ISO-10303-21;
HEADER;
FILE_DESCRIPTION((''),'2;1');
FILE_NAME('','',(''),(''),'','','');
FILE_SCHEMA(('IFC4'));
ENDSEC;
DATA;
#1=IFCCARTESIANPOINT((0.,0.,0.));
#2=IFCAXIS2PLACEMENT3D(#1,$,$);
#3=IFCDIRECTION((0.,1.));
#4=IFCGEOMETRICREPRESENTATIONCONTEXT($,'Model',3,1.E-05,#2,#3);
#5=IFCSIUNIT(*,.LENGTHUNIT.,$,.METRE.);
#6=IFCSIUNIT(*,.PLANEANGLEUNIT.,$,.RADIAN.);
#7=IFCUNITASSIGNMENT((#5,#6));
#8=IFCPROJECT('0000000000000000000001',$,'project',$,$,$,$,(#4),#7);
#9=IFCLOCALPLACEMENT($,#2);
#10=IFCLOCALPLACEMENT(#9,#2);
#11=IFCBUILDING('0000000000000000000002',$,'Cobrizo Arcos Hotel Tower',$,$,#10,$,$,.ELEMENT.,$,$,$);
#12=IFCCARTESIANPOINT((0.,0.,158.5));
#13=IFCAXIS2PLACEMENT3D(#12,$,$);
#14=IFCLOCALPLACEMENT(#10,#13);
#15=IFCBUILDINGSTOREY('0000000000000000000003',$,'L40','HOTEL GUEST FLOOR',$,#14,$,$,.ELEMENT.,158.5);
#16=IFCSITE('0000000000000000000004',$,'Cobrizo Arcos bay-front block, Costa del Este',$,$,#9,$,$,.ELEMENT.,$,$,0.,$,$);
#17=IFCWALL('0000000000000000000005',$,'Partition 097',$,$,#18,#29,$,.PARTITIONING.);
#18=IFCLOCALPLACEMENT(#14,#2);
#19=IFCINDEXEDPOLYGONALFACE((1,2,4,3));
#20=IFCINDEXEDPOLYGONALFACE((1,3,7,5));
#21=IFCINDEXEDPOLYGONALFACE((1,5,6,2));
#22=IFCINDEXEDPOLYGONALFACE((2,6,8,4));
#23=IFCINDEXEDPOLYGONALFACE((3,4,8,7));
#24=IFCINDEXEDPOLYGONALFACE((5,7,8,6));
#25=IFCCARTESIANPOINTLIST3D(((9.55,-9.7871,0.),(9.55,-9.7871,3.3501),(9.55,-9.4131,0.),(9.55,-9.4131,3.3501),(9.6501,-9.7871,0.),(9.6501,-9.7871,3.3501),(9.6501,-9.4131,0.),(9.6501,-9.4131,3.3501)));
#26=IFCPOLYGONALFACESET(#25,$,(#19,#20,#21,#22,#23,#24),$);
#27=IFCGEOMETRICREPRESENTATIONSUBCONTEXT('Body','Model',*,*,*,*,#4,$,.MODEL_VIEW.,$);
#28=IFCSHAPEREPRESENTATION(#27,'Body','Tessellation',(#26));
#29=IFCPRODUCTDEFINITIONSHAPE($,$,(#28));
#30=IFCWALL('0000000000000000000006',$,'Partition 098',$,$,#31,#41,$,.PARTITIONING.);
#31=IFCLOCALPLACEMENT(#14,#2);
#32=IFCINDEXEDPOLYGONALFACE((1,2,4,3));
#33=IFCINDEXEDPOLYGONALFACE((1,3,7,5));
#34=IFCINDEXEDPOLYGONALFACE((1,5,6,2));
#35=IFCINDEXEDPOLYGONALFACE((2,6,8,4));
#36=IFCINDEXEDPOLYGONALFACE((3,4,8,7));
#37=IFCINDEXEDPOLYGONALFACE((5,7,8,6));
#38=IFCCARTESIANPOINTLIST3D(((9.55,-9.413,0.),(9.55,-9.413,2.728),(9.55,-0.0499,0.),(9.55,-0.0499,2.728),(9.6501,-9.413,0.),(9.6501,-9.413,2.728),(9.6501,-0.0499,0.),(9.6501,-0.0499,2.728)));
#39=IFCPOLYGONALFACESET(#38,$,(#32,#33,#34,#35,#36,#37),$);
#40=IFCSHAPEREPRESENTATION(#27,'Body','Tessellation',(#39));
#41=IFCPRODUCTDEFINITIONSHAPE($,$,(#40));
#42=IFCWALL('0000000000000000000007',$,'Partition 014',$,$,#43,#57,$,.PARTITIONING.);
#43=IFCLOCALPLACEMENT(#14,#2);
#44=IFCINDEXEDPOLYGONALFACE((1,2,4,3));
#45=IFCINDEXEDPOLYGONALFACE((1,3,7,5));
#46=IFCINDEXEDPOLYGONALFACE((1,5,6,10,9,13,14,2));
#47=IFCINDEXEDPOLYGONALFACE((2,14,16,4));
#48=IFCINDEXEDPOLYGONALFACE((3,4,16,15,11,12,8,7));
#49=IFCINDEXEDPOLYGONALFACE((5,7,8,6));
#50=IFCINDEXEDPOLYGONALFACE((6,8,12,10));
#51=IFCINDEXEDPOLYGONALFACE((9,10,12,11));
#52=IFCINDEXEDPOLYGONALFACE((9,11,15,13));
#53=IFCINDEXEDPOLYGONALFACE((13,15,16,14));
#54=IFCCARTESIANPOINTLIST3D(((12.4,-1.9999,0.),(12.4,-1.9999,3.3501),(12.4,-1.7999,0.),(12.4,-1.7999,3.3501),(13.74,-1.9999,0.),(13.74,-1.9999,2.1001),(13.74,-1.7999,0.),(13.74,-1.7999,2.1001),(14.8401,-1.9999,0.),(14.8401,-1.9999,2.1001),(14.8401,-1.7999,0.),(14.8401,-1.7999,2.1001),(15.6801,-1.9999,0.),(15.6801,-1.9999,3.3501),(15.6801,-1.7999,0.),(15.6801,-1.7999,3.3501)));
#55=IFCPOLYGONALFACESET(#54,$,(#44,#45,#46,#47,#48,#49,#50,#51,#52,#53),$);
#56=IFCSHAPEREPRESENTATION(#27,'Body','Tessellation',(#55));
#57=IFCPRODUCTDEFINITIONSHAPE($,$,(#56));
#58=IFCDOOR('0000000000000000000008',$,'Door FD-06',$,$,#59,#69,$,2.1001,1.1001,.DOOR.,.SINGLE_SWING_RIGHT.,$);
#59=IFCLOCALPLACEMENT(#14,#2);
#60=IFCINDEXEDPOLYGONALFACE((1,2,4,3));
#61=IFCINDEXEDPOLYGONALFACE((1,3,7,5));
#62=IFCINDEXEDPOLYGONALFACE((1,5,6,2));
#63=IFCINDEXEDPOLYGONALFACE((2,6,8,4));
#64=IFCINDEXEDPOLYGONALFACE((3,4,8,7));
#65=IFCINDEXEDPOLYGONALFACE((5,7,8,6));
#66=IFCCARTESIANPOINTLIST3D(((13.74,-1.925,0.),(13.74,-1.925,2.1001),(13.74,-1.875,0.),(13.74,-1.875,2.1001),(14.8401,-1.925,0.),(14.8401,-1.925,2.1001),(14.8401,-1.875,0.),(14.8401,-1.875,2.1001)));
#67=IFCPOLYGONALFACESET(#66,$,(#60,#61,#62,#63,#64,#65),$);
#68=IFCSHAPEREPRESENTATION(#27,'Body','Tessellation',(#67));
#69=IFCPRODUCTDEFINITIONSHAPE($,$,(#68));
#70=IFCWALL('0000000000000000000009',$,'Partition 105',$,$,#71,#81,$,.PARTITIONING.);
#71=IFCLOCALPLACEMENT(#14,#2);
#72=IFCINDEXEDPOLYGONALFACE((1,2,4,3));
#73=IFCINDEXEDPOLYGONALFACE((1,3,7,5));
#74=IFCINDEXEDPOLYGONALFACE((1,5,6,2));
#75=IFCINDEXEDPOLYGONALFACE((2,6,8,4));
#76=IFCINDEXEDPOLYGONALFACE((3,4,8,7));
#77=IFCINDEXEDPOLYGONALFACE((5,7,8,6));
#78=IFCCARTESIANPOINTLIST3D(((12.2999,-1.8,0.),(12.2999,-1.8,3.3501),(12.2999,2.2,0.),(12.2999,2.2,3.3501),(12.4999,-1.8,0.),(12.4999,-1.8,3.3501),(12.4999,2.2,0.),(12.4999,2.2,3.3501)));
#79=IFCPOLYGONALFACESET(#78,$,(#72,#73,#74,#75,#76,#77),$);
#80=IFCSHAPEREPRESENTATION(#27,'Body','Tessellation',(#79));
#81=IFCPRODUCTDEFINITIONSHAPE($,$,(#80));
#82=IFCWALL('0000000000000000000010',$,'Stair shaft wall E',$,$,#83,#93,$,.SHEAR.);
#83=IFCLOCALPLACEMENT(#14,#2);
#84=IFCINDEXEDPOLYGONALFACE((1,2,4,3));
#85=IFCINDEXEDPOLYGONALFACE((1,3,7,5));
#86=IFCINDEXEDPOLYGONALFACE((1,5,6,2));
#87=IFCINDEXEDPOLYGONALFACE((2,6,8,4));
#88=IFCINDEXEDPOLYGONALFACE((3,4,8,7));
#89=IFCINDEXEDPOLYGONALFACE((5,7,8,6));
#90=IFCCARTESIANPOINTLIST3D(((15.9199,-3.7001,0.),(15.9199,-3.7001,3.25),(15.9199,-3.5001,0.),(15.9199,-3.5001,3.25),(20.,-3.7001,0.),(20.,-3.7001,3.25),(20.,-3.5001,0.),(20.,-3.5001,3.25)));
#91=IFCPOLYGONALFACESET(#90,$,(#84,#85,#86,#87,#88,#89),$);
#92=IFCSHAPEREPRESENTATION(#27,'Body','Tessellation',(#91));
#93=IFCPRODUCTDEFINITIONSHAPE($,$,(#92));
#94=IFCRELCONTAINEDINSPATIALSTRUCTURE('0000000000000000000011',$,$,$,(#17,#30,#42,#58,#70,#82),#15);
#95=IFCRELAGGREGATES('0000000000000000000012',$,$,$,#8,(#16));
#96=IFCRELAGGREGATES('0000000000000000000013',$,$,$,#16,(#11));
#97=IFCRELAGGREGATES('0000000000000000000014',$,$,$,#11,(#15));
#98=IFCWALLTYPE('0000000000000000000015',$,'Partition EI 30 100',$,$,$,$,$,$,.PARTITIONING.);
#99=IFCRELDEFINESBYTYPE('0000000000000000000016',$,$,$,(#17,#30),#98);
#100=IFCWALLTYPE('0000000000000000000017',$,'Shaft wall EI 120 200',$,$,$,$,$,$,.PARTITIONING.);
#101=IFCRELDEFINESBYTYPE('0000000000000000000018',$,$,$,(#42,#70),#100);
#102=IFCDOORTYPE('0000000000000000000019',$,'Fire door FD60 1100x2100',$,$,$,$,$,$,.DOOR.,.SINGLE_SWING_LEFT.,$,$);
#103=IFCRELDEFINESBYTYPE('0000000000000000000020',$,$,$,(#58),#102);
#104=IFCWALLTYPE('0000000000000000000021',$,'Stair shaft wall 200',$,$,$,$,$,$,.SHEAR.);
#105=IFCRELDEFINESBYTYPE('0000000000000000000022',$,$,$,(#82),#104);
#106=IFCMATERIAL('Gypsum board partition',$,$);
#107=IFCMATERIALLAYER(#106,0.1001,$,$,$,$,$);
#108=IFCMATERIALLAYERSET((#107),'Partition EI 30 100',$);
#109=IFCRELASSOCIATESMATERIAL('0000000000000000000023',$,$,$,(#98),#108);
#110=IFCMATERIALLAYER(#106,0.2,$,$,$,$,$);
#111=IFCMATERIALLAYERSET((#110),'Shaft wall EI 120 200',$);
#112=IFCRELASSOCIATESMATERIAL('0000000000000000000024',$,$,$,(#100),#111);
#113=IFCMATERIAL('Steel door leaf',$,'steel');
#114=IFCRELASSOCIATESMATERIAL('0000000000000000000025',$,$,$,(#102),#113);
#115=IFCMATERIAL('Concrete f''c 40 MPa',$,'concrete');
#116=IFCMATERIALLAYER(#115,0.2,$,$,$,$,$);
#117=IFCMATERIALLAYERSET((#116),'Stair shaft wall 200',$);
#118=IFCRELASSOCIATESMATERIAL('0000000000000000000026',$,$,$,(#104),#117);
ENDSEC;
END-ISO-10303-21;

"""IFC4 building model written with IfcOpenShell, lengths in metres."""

from ifc_helpers import new_model, si_unit, direction, frame, frame_2d, origin, place, context, subcontext, project, spatial, rectangle, extrude, material, layer, layer_set, type_object, element, fill, save


model = new_model("IFC4")

# Units and contexts
model_context = context("Model", 3, precision=1e-05, world=origin(), true_north=direction((0.0, 1.0)))
body_context = subcontext(model_context, "Body", "Model", "MODEL_VIEW")
ifc_project = project(units=[si_unit("LENGTHUNIT", "METRE"), si_unit("PLANEANGLEUNIT", "RADIAN")], contexts=[model_context])

# Site, building, storey
site_placement = place(None, origin())
site = spatial("IfcSite", under=ifc_project, at=site_placement, Name="Cobrizo Arcos bay-front block, Costa del Este", CompositionType="ELEMENT", RefElevation=0.0)
building_placement = place(site_placement, origin())
building = spatial("IfcBuilding", under=site, at=building_placement, Name="Cobrizo Arcos Hotel Tower", CompositionType="ELEMENT")
storey_placement = place(building_placement, frame((0.0, 0.0, 158.5)))
storey = spatial("IfcBuildingStorey", under=building, at=storey_placement, Name="L40", Description="HOTEL GUEST FLOOR", CompositionType="ELEMENT", Elevation=158.5)

# Shared definitions
ifc_material_1 = material(Name="Gypsum board partition")

# Walls
ifc_layer_1 = layer(ifc_material_1, 0.1001)
ifc_layer_set_1 = layer_set([ifc_layer_1], Name="Partition EI 30 100")
wall_type_1 = type_object("IfcWallType", Name="Partition EI 30 100", PredefinedType="PARTITIONING", material=ifc_layer_set_1)
wall_1_placement = place(storey_placement, frame((9.6001, -9.7871, 0.0), z_axis=(0.0, 0.0, 1.0), x_axis=(0.0, 1.0, 0.0)))
element("IfcWall", 1, at=wall_1_placement, inside=storey, type_object=wall_type_1, Name="Partition 097", PredefinedType="PARTITIONING", context=body_context, shape_type="SweptSolid", body=[
    extrude(rectangle(XDim=0.374, YDim=0.1001, at=frame_2d((0.187, 0.0))), origin(), (0.0, 0.0, 1.0), 3.3501),
])
wall_2_placement = place(storey_placement, frame((9.6001, -9.4131, 0.0), z_axis=(0.0, 0.0, 1.0), x_axis=(0.0, 1.0, 0.0)))
element("IfcWall", 2, at=wall_2_placement, inside=storey, type_object=wall_type_1, Name="Partition 098", PredefinedType="PARTITIONING", context=body_context, shape_type="SweptSolid", body=[
    extrude(rectangle(XDim=9.363, YDim=0.1001, at=frame_2d((4.6816, 0.0))), origin(), (0.0, 0.0, 1.0), 2.728),
])

# Wall, opening, door
ifc_layer_2 = layer(ifc_material_1, 0.2)
ifc_layer_set_2 = layer_set([ifc_layer_2], Name="Shaft wall EI 120 200")
wall_type_2 = type_object("IfcWallType", Name="Shaft wall EI 120 200", PredefinedType="PARTITIONING", material=ifc_layer_set_2)
wall_3_placement = place(storey_placement, frame((12.3999, -1.8999, 0.0), z_axis=(0.0, 0.0, 1.0), x_axis=(1.0, 0.0, 0.0)))
wall_3 = element("IfcWall", 3, at=wall_3_placement, inside=storey, type_object=wall_type_2, Name="Partition 014", PredefinedType="PARTITIONING", context=body_context, shape_type="SweptSolid", body=[
    extrude(rectangle(XDim=3.28, YDim=0.2, at=frame_2d((1.6401, 0.0))), origin(), (0.0, 0.0, 1.0), 3.3501),
])
opening_1_placement = place(wall_3_placement, frame((1.3401, 0.0, 0.0)))
opening_1 = element("IfcOpeningElement", 4, at=opening_1_placement, cuts=wall_3, PredefinedType="OPENING", context=body_context, shape_type="SweptSolid", body=[
    extrude(rectangle(XDim=1.1001, YDim=2.1001, at=frame_2d((0.55, 1.05))), frame((0.0, 0.1121, 0.0), z_axis=(0.0, -1.0, 0.0), x_axis=(1.0, 0.0, 0.0)), (0.0, 0.0, 1.0), 0.2239),
])
ifc_material_2 = material(Name="Steel door leaf", Category="steel")
door_type_1 = type_object("IfcDoorType", Name="Fire door FD60 1100x2100", OperationType="SINGLE_SWING_LEFT", PredefinedType="DOOR", material=ifc_material_2)
door_1_placement = place(opening_1_placement, origin())
door_1 = element("IfcDoor", 5, at=door_1_placement, inside=storey, type_object=door_type_1, Name="Door FD-06", OperationType="SINGLE_SWING_RIGHT", OverallHeight=2.1001, OverallWidth=1.1001, PredefinedType="DOOR", context=body_context, shape_type="SweptSolid", body=[
    extrude(rectangle(XDim=1.1001, YDim=2.1001, at=frame_2d((0.55, 1.05))), frame((0.0, 0.0249, 0.0), z_axis=(0.0, -1.0, 0.0), x_axis=(1.0, 0.0, 0.0)), (0.0, 0.0, 1.0), 0.05),
])
fill(opening_1, door_1)

# Walls
wall_4_placement = place(storey_placement, frame((12.3999, -1.8, 0.0), z_axis=(0.0, 0.0, 1.0), x_axis=(0.0, 1.0, 0.0)))
element("IfcWall", 6, at=wall_4_placement, inside=storey, type_object=wall_type_2, Name="Partition 105", PredefinedType="PARTITIONING", context=body_context, shape_type="SweptSolid", body=[
    extrude(rectangle(XDim=4.0, YDim=0.2, at=frame_2d((2.0, 0.0))), origin(), (0.0, 0.0, 1.0), 3.3501),
])
ifc_material_3 = material(Name="Concrete f'c 40 MPa", Category="concrete")
ifc_layer_3 = layer(ifc_material_3, 0.2)
ifc_layer_set_3 = layer_set([ifc_layer_3], Name="Stair shaft wall 200")
wall_type_3 = type_object("IfcWallType", Name="Stair shaft wall 200", PredefinedType="SHEAR", material=ifc_layer_set_3)
wall_5_placement = place(storey_placement, frame((15.9199, -3.6001, 0.0), z_axis=(0.0, 0.0, 1.0), x_axis=(1.0, 0.0, 0.0)))
element("IfcWall", 7, at=wall_5_placement, inside=storey, type_object=wall_type_3, Name="Stair shaft wall E", PredefinedType="SHEAR", context=body_context, shape_type="SweptSolid", body=[
    extrude(rectangle(XDim=4.0801, YDim=0.2, at=frame_2d((2.04, 0.0))), origin(), (0.0, 0.0, 1.0), 3.25),
])

save(model, "model.ifc")
